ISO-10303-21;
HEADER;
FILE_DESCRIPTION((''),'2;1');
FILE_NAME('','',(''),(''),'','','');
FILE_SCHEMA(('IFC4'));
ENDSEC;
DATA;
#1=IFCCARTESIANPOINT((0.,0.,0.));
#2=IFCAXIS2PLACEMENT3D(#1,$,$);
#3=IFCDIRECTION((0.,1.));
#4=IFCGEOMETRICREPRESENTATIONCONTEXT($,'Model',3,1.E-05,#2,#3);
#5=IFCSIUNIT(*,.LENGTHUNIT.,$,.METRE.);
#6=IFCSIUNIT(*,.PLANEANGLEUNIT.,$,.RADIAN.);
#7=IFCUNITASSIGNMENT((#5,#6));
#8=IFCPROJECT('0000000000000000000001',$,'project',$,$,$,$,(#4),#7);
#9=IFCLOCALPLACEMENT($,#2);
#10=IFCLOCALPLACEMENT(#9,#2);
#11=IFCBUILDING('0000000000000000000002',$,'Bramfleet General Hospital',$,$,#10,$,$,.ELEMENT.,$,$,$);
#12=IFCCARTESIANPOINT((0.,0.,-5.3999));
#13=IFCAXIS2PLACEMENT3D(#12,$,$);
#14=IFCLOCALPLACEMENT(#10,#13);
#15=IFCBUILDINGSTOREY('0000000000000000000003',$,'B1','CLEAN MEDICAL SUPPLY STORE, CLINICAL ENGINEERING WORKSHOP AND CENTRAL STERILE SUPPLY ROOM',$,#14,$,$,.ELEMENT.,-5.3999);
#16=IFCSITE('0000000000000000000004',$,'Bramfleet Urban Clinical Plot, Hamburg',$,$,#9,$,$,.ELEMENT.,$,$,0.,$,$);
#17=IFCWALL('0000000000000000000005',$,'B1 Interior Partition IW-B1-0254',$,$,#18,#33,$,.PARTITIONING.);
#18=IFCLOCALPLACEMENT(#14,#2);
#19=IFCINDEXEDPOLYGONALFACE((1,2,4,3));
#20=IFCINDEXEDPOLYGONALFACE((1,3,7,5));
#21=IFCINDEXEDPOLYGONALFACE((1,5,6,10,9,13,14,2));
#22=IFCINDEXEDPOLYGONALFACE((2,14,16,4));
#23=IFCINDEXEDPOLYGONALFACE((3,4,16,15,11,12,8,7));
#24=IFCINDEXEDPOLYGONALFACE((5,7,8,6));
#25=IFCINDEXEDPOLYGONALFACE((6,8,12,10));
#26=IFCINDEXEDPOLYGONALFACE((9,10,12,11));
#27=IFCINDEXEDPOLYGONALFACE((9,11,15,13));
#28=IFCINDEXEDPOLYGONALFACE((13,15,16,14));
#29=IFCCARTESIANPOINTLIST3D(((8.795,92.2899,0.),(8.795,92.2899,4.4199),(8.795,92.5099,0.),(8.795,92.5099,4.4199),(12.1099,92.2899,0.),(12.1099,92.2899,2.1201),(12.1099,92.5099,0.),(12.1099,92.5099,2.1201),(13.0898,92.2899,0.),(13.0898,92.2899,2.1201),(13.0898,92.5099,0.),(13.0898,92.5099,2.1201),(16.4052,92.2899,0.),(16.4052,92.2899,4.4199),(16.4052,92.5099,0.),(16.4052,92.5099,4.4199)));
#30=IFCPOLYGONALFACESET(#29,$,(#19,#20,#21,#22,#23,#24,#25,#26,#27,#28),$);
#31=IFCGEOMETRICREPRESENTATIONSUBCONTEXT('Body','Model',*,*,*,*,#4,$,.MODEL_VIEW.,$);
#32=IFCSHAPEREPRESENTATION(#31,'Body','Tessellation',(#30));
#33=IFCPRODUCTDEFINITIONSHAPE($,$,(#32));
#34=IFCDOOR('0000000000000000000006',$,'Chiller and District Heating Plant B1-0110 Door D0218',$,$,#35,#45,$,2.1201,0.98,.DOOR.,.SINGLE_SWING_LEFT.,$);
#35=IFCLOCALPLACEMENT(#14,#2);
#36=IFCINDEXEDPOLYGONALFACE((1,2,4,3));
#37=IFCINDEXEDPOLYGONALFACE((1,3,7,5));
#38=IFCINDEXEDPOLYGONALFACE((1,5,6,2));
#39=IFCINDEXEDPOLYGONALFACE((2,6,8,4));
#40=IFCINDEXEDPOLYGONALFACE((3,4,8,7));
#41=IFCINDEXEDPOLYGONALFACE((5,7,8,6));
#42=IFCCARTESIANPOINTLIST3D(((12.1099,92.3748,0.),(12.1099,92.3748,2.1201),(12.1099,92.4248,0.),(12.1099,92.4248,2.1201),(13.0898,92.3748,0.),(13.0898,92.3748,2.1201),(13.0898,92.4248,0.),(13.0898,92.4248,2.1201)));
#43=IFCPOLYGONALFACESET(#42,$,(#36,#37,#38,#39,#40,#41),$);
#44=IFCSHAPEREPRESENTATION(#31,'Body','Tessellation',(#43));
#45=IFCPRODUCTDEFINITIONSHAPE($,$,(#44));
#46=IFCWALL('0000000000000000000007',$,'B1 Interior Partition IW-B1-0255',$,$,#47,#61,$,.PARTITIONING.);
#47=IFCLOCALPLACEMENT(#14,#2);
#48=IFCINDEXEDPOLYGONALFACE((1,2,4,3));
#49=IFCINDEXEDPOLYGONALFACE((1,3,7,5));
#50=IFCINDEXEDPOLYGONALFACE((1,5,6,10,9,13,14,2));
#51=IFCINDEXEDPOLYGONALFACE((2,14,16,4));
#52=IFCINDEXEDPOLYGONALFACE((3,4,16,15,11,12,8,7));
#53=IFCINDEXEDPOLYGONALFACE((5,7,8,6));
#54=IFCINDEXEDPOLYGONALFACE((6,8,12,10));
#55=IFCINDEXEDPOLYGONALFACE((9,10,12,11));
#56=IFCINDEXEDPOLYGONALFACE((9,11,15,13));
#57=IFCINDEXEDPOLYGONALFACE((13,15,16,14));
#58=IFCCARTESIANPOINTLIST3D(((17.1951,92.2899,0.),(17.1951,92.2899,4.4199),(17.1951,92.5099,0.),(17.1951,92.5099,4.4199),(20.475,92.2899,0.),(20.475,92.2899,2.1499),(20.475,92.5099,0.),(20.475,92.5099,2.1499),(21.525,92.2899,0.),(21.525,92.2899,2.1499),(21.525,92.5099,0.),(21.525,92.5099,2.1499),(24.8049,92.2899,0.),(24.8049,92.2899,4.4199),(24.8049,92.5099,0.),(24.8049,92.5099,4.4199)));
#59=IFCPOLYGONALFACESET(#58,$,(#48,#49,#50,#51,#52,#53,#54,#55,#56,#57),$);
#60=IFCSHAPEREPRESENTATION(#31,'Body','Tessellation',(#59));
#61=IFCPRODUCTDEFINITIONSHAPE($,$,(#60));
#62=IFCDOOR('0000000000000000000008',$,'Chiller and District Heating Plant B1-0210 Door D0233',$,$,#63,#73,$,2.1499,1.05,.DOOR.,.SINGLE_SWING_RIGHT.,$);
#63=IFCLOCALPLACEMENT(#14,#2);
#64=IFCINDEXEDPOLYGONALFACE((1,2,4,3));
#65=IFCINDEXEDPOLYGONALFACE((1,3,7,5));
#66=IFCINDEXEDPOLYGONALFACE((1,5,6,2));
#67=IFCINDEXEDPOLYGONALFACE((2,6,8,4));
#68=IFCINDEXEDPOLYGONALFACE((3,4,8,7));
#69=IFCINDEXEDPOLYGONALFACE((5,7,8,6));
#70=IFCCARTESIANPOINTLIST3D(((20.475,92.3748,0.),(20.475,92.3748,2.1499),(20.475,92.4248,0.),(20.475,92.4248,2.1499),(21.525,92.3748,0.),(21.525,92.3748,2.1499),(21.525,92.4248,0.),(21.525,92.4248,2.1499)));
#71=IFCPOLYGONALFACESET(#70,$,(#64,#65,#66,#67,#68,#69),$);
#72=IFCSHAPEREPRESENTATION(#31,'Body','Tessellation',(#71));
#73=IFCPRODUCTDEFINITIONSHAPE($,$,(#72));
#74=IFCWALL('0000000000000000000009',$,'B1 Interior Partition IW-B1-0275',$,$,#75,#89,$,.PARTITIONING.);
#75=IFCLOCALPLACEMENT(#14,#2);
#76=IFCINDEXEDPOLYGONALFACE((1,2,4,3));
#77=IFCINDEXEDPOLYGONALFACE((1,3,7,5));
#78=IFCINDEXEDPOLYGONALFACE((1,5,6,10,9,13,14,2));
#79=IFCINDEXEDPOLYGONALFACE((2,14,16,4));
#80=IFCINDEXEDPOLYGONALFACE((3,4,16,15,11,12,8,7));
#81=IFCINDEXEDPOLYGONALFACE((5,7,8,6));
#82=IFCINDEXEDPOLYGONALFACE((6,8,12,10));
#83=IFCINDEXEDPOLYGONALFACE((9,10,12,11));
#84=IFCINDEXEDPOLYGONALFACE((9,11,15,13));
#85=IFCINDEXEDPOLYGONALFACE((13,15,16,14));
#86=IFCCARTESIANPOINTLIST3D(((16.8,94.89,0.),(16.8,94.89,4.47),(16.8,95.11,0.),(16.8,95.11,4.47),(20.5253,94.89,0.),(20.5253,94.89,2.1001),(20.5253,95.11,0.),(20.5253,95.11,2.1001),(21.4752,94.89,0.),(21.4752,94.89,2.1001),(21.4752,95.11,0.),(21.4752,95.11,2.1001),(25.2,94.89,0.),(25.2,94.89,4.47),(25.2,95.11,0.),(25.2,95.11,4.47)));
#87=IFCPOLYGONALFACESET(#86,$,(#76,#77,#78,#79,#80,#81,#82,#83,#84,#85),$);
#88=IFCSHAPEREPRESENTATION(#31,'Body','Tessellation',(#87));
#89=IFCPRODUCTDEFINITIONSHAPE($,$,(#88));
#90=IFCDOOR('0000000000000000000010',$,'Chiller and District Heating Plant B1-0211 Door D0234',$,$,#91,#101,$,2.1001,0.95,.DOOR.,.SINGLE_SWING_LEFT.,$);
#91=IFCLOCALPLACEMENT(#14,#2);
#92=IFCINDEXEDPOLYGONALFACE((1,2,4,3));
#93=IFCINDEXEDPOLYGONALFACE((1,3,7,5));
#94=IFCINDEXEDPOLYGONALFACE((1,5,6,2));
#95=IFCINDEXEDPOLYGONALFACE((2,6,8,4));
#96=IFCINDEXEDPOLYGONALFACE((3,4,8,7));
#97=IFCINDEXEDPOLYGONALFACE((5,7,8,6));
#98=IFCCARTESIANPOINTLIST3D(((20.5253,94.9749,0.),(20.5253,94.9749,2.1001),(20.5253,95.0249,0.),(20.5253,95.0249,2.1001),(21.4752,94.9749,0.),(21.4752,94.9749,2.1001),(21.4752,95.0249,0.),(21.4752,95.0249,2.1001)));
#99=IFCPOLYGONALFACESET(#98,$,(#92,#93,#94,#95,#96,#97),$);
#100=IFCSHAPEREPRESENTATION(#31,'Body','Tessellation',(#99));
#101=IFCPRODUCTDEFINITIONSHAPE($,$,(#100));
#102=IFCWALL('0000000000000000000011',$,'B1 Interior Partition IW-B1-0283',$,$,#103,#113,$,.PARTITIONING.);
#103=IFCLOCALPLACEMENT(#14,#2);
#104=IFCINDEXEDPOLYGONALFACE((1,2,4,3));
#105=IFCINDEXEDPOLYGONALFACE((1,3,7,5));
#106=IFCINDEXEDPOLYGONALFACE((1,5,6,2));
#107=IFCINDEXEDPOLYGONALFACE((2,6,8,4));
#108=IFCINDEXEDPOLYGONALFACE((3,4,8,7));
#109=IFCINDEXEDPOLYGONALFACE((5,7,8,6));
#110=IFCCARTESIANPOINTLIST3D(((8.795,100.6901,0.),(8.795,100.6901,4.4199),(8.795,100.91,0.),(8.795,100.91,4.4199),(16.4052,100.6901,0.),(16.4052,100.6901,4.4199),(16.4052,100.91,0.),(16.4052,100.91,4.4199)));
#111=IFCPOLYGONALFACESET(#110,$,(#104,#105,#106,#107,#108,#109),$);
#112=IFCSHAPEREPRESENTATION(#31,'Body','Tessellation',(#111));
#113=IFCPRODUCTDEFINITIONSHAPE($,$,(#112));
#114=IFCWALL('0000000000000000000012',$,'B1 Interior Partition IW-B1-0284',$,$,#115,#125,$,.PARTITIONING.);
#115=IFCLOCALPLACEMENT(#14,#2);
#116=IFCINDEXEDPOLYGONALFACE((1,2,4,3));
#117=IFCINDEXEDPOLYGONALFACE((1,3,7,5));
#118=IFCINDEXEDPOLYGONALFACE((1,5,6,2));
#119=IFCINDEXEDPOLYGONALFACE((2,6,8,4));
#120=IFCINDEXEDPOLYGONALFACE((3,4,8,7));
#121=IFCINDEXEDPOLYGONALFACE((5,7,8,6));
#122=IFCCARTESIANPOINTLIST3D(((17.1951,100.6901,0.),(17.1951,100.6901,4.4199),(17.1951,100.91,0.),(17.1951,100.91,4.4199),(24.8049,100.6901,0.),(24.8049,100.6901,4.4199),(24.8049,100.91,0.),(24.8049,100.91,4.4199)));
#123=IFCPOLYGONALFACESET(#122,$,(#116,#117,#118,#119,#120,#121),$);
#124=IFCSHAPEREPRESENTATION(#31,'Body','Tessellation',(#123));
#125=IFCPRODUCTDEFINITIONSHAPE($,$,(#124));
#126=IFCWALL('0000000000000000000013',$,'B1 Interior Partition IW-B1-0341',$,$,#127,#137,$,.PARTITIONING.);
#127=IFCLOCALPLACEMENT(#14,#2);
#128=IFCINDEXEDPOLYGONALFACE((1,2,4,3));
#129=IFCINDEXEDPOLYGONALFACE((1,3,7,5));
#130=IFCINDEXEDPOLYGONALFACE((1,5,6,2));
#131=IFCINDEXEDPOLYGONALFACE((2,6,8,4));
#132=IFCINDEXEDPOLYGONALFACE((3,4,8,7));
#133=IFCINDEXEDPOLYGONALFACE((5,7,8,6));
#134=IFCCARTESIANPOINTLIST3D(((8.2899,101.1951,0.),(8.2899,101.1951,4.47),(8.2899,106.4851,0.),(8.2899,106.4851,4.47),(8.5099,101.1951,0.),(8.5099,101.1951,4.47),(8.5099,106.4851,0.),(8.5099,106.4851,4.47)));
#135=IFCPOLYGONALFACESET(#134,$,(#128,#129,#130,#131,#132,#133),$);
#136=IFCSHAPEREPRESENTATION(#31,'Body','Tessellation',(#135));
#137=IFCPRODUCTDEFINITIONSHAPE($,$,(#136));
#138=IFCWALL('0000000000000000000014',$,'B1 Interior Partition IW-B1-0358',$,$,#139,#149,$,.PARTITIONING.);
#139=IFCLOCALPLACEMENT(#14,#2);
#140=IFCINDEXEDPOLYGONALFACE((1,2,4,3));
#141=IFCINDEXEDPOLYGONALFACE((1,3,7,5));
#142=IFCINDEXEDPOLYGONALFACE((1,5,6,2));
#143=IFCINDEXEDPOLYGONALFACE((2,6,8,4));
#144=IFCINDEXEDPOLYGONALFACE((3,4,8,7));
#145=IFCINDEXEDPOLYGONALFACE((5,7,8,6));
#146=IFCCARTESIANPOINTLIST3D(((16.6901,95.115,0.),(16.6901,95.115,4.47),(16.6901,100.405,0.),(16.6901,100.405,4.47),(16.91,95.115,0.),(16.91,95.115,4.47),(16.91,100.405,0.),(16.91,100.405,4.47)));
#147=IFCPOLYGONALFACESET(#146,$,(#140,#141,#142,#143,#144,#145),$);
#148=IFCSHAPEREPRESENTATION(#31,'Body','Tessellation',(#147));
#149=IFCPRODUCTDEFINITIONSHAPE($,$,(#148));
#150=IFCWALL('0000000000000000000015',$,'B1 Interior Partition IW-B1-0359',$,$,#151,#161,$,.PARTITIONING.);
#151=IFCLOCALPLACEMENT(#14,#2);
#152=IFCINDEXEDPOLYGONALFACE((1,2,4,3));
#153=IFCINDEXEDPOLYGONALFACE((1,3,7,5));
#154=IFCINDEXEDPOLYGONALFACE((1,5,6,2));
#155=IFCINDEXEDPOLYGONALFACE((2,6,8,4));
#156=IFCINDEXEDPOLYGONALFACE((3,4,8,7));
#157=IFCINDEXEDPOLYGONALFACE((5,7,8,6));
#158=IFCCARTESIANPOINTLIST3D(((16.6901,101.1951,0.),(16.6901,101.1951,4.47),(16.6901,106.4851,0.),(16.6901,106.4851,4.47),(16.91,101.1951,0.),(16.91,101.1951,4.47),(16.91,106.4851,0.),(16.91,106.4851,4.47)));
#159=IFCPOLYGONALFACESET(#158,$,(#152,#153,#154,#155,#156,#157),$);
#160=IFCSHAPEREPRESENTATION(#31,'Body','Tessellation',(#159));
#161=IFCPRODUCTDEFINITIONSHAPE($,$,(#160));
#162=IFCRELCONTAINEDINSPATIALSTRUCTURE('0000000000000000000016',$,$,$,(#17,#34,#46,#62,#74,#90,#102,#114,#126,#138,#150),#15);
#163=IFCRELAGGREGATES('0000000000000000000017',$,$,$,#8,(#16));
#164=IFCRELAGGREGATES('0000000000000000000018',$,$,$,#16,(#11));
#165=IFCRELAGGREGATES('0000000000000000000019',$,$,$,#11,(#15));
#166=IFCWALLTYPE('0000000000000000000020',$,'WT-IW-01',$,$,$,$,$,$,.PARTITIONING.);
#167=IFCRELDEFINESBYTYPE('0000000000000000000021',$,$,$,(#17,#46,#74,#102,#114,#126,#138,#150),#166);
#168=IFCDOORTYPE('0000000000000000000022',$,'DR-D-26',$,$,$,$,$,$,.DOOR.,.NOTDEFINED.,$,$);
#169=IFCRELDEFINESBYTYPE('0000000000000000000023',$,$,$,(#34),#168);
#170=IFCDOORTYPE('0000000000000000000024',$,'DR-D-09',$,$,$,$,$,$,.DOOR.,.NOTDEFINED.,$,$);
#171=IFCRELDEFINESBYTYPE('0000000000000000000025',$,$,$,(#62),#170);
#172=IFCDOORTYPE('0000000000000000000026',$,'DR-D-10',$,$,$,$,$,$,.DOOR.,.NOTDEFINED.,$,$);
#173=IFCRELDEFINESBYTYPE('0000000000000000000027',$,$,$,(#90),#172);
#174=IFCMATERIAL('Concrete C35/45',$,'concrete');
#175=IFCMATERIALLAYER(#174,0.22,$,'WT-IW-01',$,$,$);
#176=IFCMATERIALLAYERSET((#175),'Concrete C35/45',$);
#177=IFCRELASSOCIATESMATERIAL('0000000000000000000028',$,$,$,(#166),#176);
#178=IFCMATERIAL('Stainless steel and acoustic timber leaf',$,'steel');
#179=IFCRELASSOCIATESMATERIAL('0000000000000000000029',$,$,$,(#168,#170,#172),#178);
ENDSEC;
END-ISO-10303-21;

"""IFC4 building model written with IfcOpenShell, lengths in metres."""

from ifc_helpers import new_model, si_unit, direction, frame, frame_2d, origin, place, context, subcontext, project, spatial, rectangle, extrude, material, layer, layer_set, type_object, element, fill, save


model = new_model("IFC4")

# Units and contexts
model_context = context("Model", 3, precision=1e-05, world=origin(), true_north=direction((0.0, 1.0)))
body_context = subcontext(model_context, "Body", "Model", "MODEL_VIEW")
ifc_project = project(units=[si_unit("LENGTHUNIT", "METRE"), si_unit("PLANEANGLEUNIT", "RADIAN")], contexts=[model_context])

# Site, building, storey
site_placement = place(None, origin())
site = spatial("IfcSite", under=ifc_project, at=site_placement, Name="Bramfleet Urban Clinical Plot, Hamburg", CompositionType="ELEMENT", RefElevation=0.0)
building_placement = place(site_placement, origin())
building = spatial("IfcBuilding", under=site, at=building_placement, Name="Bramfleet General Hospital", CompositionType="ELEMENT")
storey_placement = place(building_placement, frame((0.0, 0.0, -5.3999)))
storey = spatial("IfcBuildingStorey", under=building, at=storey_placement, Name="B1", Description="CLEAN MEDICAL SUPPLY STORE, CLINICAL ENGINEERING WORKSHOP AND CENTRAL STERILE SUPPLY ROOM", CompositionType="ELEMENT", Elevation=-5.3999)

# Shared definitions
ifc_material_1 = material(Name="Concrete C35/45", Category="concrete")

# Walls, openings, doors
ifc_layer = layer(ifc_material_1, 0.22, Name="WT-IW-01")
ifc_layer_set = layer_set([ifc_layer], Name="Concrete C35/45")
wall_type = type_object("IfcWallType", Name="WT-IW-01", PredefinedType="PARTITIONING", material=ifc_layer_set)
wall_1_placement = place(storey_placement, frame((8.7949, 92.3999, 0.0), z_axis=(0.0, 0.0, 1.0), x_axis=(1.0, 0.0, 0.0)))
wall_1 = element("IfcWall", 1, at=wall_1_placement, inside=storey, type_object=wall_type, Name="B1 Interior Partition IW-B1-0254", PredefinedType="PARTITIONING", context=body_context, shape_type="SweptSolid", body=[
    extrude(rectangle(XDim=7.6101, YDim=0.22, at=frame_2d((3.8052, 0.0))), origin(), (0.0, 0.0, 1.0), 4.4199),
])
opening_1_placement = place(wall_1_placement, frame((3.3149, 0.0, 0.0)))
opening_1 = element("IfcOpeningElement", 2, at=opening_1_placement, cuts=wall_1, PredefinedType="OPENING", context=body_context, shape_type="SweptSolid", body=[
    extrude(rectangle(XDim=0.98, YDim=2.1201, at=frame_2d((0.49, 1.0601))), frame((0.0, 0.1199, 0.0), z_axis=(0.0, -1.0, 0.0), x_axis=(1.0, 0.0, 0.0)), (0.0, 0.0, 1.0), 0.24),
])
ifc_material_2 = material(Name="Stainless steel and acoustic timber leaf", Category="steel")
door_type_1 = type_object("IfcDoorType", Name="DR-D-26", OperationType="NOTDEFINED", PredefinedType="DOOR", material=ifc_material_2)
door_1_placement = place(opening_1_placement, origin())
door_1 = element("IfcDoor", 3, at=door_1_placement, inside=storey, type_object=door_type_1, Name="Chiller and District Heating Plant B1-0110 Door D0218", OperationType="SINGLE_SWING_LEFT", OverallHeight=2.1201, OverallWidth=0.98, PredefinedType="DOOR", context=body_context, shape_type="SweptSolid", body=[
    extrude(rectangle(XDim=0.98, YDim=2.1201, at=frame_2d((0.49, 1.0601))), frame((0.0, 0.0249, 0.0), z_axis=(0.0, -1.0, 0.0), x_axis=(1.0, 0.0, 0.0)), (0.0, 0.0, 1.0), 0.05),
])
fill(opening_1, door_1)
wall_2_placement = place(storey_placement, frame((17.1951, 92.3999, 0.0), z_axis=(0.0, 0.0, 1.0), x_axis=(1.0, 0.0, 0.0)))
wall_2 = element("IfcWall", 4, at=wall_2_placement, inside=storey, type_object=wall_type, Name="B1 Interior Partition IW-B1-0255", PredefinedType="PARTITIONING", context=body_context, shape_type="SweptSolid", body=[
    extrude(rectangle(XDim=7.6099, YDim=0.22, at=frame_2d((3.8049, 0.0))), origin(), (0.0, 0.0, 1.0), 4.4199),
])
opening_2_placement = place(wall_2_placement, frame((3.28, 0.0, 0.0)))
opening_2 = element("IfcOpeningElement", 5, at=opening_2_placement, cuts=wall_2, PredefinedType="OPENING", context=body_context, shape_type="SweptSolid", body=[
    extrude(rectangle(XDim=1.05, YDim=2.1499, at=frame_2d((0.5249, 1.075))), frame((0.0, 0.1199, 0.0), z_axis=(0.0, -1.0, 0.0), x_axis=(1.0, 0.0, 0.0)), (0.0, 0.0, 1.0), 0.24),
])
door_type_2 = type_object("IfcDoorType", Name="DR-D-09", OperationType="NOTDEFINED", PredefinedType="DOOR", material=ifc_material_2)
door_2_placement = place(opening_2_placement, origin())
door_2 = element("IfcDoor", 6, at=door_2_placement, inside=storey, type_object=door_type_2, Name="Chiller and District Heating Plant B1-0210 Door D0233", OperationType="SINGLE_SWING_RIGHT", OverallHeight=2.1499, OverallWidth=1.05, PredefinedType="DOOR", context=body_context, shape_type="SweptSolid", body=[
    extrude(rectangle(XDim=1.05, YDim=2.1499, at=frame_2d((0.5249, 1.075))), frame((0.0, 0.0249, 0.0), z_axis=(0.0, -1.0, 0.0), x_axis=(1.0, 0.0, 0.0)), (0.0, 0.0, 1.0), 0.05),
])
fill(opening_2, door_2)
wall_3_placement = place(storey_placement, frame((16.8, 95.0, 0.0), z_axis=(0.0, 0.0, 1.0), x_axis=(1.0, 0.0, 0.0)))
wall_3 = element("IfcWall", 7, at=wall_3_placement, inside=storey, type_object=wall_type, Name="B1 Interior Partition IW-B1-0275", PredefinedType="PARTITIONING", context=body_context, shape_type="SweptSolid", body=[
    extrude(rectangle(XDim=8.3999, YDim=0.22, at=frame_2d((4.2, 0.0))), origin(), (0.0, 0.0, 1.0), 4.47),
])
opening_3_placement = place(wall_3_placement, frame((3.7251, 0.0, 0.0)))
opening_3 = element("IfcOpeningElement", 8, at=opening_3_placement, cuts=wall_3, PredefinedType="OPENING", context=body_context, shape_type="SweptSolid", body=[
    extrude(rectangle(XDim=0.95, YDim=2.1001, at=frame_2d((0.4751, 1.05))), frame((0.0, 0.1199, 0.0), z_axis=(0.0, -1.0, 0.0), x_axis=(1.0, 0.0, 0.0)), (0.0, 0.0, 1.0), 0.24),
])
door_type_3 = type_object("IfcDoorType", Name="DR-D-10", OperationType="NOTDEFINED", PredefinedType="DOOR", material=ifc_material_2)
door_3_placement = place(opening_3_placement, origin())
door_3 = element("IfcDoor", 9, at=door_3_placement, inside=storey, type_object=door_type_3, Name="Chiller and District Heating Plant B1-0211 Door D0234", OperationType="SINGLE_SWING_LEFT", OverallHeight=2.1001, OverallWidth=0.95, PredefinedType="DOOR", context=body_context, shape_type="SweptSolid", body=[
    extrude(rectangle(XDim=0.95, YDim=2.1001, at=frame_2d((0.4751, 1.05))), frame((0.0, 0.0249, 0.0), z_axis=(0.0, -1.0, 0.0), x_axis=(1.0, 0.0, 0.0)), (0.0, 0.0, 1.0), 0.05),
])
fill(opening_3, door_3)

# Walls
wall_4_placement = place(storey_placement, frame((8.7949, 100.8, 0.0), z_axis=(0.0, 0.0, 1.0), x_axis=(1.0, 0.0, 0.0)))
element("IfcWall", 10, at=wall_4_placement, inside=storey, type_object=wall_type, Name="B1 Interior Partition IW-B1-0283", PredefinedType="PARTITIONING", context=body_context, shape_type="SweptSolid", body=[
    extrude(rectangle(XDim=7.6101, YDim=0.22, at=frame_2d((3.8052, 0.0))), origin(), (0.0, 0.0, 1.0), 4.4199),
])
wall_5_placement = place(storey_placement, frame((17.1951, 100.8, 0.0), z_axis=(0.0, 0.0, 1.0), x_axis=(1.0, 0.0, 0.0)))
element("IfcWall", 11, at=wall_5_placement, inside=storey, type_object=wall_type, Name="B1 Interior Partition IW-B1-0284", PredefinedType="PARTITIONING", context=body_context, shape_type="SweptSolid", body=[
    extrude(rectangle(XDim=7.6099, YDim=0.22, at=frame_2d((3.8049, 0.0))), origin(), (0.0, 0.0, 1.0), 4.4199),
])
for number, where, z_axis, x_axis, name in (
    (12, (8.3999, 101.1951, 0.0), (0.0, 0.0, 1.0), (0.0, 1.0, 0.0), "B1 Interior Partition IW-B1-0341"),
    (13, (16.8, 95.115, 0.0), (0.0, 0.0, 1.0), (0.0, 1.0, 0.0), "B1 Interior Partition IW-B1-0358"),
    (14, (16.8, 101.1951, 0.0), (0.0, 0.0, 1.0), (0.0, 1.0, 0.0), "B1 Interior Partition IW-B1-0359"),
):
    element("IfcWall", number, at=place(storey_placement, frame(where, z_axis=z_axis, x_axis=x_axis)), inside=storey, type_object=wall_type, Name=name, PredefinedType="PARTITIONING", context=body_context, shape_type="SweptSolid", body=[
        extrude(rectangle(XDim=5.29, YDim=0.22, at=frame_2d((2.645, 0.0))), origin(), (0.0, 0.0, 1.0), 4.47),
    ])

save(model, "model.ifc")
